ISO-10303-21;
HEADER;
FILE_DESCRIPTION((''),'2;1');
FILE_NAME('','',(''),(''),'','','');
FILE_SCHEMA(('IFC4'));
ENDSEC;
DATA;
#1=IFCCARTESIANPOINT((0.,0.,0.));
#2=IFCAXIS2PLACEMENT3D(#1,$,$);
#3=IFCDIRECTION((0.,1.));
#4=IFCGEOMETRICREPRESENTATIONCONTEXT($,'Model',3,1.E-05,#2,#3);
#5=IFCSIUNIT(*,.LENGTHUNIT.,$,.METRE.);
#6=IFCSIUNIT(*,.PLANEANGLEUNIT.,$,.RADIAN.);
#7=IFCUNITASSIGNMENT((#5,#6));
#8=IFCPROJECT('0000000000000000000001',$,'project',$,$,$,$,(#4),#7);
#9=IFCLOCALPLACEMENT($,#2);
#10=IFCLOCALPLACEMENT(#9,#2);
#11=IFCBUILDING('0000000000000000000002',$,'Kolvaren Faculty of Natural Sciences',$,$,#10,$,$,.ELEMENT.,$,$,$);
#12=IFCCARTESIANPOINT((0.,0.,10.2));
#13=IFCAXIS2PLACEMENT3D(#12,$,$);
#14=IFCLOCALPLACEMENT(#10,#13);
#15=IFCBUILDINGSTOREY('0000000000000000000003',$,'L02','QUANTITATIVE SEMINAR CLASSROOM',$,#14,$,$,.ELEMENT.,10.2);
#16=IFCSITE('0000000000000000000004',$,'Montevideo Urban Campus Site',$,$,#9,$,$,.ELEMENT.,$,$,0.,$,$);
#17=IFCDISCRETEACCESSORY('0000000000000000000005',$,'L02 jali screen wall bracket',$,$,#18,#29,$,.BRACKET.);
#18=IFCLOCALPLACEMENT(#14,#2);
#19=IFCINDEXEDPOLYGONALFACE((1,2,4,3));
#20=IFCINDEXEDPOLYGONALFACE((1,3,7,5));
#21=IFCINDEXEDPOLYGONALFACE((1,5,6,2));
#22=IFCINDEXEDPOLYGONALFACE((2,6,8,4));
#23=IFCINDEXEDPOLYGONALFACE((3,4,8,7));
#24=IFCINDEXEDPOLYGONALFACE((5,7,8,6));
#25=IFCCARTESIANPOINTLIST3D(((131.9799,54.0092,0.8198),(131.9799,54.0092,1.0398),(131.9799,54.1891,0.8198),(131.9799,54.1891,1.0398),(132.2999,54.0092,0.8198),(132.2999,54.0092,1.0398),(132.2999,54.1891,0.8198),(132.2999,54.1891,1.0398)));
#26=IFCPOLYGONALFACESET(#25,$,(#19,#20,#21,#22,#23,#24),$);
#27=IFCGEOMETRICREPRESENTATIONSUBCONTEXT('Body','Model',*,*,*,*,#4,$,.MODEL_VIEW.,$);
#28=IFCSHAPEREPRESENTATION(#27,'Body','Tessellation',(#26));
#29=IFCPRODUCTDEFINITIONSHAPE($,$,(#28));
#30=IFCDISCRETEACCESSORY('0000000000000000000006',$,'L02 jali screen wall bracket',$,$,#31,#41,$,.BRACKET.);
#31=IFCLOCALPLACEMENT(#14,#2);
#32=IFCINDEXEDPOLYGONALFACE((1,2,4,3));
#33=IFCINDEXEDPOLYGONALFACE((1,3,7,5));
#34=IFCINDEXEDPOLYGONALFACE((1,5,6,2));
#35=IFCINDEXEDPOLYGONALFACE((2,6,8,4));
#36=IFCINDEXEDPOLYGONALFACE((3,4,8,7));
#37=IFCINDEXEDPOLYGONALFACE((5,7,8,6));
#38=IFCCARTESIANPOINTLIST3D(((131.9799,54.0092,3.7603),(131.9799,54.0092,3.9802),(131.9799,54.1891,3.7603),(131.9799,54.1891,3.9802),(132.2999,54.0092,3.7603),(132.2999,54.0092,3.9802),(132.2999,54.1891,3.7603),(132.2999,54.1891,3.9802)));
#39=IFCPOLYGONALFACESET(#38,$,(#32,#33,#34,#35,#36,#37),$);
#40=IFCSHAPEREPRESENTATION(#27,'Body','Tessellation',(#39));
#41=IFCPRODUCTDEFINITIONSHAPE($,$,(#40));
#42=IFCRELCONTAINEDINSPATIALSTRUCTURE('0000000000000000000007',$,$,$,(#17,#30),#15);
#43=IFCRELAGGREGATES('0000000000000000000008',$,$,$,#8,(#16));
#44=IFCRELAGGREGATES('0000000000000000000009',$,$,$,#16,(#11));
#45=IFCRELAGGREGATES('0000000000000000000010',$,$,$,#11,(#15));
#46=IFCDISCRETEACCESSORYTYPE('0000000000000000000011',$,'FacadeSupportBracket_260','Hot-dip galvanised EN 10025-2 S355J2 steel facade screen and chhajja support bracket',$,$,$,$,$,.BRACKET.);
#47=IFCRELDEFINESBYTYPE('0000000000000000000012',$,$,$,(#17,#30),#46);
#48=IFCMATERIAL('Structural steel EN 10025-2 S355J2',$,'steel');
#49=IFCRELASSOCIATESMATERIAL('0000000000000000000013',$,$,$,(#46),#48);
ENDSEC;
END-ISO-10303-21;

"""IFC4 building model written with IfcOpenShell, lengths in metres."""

from ifc_helpers import new_model, si_unit, direction, frame, origin, origin_2d, place, context, subcontext, project, spatial, rectangle, extrude, material, type_object, element, save


model = new_model("IFC4")

# Units and contexts
model_context = context("Model", 3, precision=1e-05, world=origin(), true_north=direction((0.0, 1.0)))
body_context = subcontext(model_context, "Body", "Model", "MODEL_VIEW")
ifc_project = project(units=[si_unit("LENGTHUNIT", "METRE"), si_unit("PLANEANGLEUNIT", "RADIAN")], contexts=[model_context])

# Site, building, storey
site_placement = place(None, origin())
site = spatial("IfcSite", under=ifc_project, at=site_placement, Name="Montevideo Urban Campus Site", CompositionType="ELEMENT", RefElevation=0.0)
building_placement = place(site_placement, origin())
building = spatial("IfcBuilding", under=site, at=building_placement, Name="Kolvaren Faculty of Natural Sciences", CompositionType="ELEMENT")
storey_placement = place(building_placement, frame((0.0, 0.0, 10.2)))
storey = spatial("IfcBuildingStorey", under=building, at=storey_placement, Name="L02", Description="QUANTITATIVE SEMINAR CLASSROOM", CompositionType="ELEMENT", Elevation=10.2)

# Discrete accessories
ifc_material_1 = material(Name="Structural steel EN 10025-2 S355J2", Category="steel")
discrete_accessory_type = type_object("IfcDiscreteAccessoryType", Name="FacadeSupportBracket_260", Description="Hot-dip galvanised EN 10025-2 S355J2 steel facade screen and chhajja support bracket", PredefinedType="BRACKET", material=ifc_material_1)
for number, where, z_axis, x_axis, name in (
    (1, (132.1399, 54.0991, 0.8198), (0.0, 0.0, 1.0), (0.0, 1.0, 0.0), "L02 jali screen wall bracket"),
    (2, (132.1399, 54.0991, 3.7603), (0.0, 0.0, 1.0), (0.0, 1.0, 0.0), "L02 jali screen wall bracket"),
):
    element("IfcDiscreteAccessory", number, at=place(storey_placement, frame(where, z_axis=z_axis, x_axis=x_axis)), inside=storey, type_object=discrete_accessory_type, Name=name, PredefinedType="BRACKET", context=body_context, shape_type="SweptSolid", body=[
        extrude(rectangle(XDim=0.1799, YDim=0.3201, at=origin_2d()), origin(), (0.0, 0.0, 1.0), 0.22),
    ])

save(model, "model.ifc")
